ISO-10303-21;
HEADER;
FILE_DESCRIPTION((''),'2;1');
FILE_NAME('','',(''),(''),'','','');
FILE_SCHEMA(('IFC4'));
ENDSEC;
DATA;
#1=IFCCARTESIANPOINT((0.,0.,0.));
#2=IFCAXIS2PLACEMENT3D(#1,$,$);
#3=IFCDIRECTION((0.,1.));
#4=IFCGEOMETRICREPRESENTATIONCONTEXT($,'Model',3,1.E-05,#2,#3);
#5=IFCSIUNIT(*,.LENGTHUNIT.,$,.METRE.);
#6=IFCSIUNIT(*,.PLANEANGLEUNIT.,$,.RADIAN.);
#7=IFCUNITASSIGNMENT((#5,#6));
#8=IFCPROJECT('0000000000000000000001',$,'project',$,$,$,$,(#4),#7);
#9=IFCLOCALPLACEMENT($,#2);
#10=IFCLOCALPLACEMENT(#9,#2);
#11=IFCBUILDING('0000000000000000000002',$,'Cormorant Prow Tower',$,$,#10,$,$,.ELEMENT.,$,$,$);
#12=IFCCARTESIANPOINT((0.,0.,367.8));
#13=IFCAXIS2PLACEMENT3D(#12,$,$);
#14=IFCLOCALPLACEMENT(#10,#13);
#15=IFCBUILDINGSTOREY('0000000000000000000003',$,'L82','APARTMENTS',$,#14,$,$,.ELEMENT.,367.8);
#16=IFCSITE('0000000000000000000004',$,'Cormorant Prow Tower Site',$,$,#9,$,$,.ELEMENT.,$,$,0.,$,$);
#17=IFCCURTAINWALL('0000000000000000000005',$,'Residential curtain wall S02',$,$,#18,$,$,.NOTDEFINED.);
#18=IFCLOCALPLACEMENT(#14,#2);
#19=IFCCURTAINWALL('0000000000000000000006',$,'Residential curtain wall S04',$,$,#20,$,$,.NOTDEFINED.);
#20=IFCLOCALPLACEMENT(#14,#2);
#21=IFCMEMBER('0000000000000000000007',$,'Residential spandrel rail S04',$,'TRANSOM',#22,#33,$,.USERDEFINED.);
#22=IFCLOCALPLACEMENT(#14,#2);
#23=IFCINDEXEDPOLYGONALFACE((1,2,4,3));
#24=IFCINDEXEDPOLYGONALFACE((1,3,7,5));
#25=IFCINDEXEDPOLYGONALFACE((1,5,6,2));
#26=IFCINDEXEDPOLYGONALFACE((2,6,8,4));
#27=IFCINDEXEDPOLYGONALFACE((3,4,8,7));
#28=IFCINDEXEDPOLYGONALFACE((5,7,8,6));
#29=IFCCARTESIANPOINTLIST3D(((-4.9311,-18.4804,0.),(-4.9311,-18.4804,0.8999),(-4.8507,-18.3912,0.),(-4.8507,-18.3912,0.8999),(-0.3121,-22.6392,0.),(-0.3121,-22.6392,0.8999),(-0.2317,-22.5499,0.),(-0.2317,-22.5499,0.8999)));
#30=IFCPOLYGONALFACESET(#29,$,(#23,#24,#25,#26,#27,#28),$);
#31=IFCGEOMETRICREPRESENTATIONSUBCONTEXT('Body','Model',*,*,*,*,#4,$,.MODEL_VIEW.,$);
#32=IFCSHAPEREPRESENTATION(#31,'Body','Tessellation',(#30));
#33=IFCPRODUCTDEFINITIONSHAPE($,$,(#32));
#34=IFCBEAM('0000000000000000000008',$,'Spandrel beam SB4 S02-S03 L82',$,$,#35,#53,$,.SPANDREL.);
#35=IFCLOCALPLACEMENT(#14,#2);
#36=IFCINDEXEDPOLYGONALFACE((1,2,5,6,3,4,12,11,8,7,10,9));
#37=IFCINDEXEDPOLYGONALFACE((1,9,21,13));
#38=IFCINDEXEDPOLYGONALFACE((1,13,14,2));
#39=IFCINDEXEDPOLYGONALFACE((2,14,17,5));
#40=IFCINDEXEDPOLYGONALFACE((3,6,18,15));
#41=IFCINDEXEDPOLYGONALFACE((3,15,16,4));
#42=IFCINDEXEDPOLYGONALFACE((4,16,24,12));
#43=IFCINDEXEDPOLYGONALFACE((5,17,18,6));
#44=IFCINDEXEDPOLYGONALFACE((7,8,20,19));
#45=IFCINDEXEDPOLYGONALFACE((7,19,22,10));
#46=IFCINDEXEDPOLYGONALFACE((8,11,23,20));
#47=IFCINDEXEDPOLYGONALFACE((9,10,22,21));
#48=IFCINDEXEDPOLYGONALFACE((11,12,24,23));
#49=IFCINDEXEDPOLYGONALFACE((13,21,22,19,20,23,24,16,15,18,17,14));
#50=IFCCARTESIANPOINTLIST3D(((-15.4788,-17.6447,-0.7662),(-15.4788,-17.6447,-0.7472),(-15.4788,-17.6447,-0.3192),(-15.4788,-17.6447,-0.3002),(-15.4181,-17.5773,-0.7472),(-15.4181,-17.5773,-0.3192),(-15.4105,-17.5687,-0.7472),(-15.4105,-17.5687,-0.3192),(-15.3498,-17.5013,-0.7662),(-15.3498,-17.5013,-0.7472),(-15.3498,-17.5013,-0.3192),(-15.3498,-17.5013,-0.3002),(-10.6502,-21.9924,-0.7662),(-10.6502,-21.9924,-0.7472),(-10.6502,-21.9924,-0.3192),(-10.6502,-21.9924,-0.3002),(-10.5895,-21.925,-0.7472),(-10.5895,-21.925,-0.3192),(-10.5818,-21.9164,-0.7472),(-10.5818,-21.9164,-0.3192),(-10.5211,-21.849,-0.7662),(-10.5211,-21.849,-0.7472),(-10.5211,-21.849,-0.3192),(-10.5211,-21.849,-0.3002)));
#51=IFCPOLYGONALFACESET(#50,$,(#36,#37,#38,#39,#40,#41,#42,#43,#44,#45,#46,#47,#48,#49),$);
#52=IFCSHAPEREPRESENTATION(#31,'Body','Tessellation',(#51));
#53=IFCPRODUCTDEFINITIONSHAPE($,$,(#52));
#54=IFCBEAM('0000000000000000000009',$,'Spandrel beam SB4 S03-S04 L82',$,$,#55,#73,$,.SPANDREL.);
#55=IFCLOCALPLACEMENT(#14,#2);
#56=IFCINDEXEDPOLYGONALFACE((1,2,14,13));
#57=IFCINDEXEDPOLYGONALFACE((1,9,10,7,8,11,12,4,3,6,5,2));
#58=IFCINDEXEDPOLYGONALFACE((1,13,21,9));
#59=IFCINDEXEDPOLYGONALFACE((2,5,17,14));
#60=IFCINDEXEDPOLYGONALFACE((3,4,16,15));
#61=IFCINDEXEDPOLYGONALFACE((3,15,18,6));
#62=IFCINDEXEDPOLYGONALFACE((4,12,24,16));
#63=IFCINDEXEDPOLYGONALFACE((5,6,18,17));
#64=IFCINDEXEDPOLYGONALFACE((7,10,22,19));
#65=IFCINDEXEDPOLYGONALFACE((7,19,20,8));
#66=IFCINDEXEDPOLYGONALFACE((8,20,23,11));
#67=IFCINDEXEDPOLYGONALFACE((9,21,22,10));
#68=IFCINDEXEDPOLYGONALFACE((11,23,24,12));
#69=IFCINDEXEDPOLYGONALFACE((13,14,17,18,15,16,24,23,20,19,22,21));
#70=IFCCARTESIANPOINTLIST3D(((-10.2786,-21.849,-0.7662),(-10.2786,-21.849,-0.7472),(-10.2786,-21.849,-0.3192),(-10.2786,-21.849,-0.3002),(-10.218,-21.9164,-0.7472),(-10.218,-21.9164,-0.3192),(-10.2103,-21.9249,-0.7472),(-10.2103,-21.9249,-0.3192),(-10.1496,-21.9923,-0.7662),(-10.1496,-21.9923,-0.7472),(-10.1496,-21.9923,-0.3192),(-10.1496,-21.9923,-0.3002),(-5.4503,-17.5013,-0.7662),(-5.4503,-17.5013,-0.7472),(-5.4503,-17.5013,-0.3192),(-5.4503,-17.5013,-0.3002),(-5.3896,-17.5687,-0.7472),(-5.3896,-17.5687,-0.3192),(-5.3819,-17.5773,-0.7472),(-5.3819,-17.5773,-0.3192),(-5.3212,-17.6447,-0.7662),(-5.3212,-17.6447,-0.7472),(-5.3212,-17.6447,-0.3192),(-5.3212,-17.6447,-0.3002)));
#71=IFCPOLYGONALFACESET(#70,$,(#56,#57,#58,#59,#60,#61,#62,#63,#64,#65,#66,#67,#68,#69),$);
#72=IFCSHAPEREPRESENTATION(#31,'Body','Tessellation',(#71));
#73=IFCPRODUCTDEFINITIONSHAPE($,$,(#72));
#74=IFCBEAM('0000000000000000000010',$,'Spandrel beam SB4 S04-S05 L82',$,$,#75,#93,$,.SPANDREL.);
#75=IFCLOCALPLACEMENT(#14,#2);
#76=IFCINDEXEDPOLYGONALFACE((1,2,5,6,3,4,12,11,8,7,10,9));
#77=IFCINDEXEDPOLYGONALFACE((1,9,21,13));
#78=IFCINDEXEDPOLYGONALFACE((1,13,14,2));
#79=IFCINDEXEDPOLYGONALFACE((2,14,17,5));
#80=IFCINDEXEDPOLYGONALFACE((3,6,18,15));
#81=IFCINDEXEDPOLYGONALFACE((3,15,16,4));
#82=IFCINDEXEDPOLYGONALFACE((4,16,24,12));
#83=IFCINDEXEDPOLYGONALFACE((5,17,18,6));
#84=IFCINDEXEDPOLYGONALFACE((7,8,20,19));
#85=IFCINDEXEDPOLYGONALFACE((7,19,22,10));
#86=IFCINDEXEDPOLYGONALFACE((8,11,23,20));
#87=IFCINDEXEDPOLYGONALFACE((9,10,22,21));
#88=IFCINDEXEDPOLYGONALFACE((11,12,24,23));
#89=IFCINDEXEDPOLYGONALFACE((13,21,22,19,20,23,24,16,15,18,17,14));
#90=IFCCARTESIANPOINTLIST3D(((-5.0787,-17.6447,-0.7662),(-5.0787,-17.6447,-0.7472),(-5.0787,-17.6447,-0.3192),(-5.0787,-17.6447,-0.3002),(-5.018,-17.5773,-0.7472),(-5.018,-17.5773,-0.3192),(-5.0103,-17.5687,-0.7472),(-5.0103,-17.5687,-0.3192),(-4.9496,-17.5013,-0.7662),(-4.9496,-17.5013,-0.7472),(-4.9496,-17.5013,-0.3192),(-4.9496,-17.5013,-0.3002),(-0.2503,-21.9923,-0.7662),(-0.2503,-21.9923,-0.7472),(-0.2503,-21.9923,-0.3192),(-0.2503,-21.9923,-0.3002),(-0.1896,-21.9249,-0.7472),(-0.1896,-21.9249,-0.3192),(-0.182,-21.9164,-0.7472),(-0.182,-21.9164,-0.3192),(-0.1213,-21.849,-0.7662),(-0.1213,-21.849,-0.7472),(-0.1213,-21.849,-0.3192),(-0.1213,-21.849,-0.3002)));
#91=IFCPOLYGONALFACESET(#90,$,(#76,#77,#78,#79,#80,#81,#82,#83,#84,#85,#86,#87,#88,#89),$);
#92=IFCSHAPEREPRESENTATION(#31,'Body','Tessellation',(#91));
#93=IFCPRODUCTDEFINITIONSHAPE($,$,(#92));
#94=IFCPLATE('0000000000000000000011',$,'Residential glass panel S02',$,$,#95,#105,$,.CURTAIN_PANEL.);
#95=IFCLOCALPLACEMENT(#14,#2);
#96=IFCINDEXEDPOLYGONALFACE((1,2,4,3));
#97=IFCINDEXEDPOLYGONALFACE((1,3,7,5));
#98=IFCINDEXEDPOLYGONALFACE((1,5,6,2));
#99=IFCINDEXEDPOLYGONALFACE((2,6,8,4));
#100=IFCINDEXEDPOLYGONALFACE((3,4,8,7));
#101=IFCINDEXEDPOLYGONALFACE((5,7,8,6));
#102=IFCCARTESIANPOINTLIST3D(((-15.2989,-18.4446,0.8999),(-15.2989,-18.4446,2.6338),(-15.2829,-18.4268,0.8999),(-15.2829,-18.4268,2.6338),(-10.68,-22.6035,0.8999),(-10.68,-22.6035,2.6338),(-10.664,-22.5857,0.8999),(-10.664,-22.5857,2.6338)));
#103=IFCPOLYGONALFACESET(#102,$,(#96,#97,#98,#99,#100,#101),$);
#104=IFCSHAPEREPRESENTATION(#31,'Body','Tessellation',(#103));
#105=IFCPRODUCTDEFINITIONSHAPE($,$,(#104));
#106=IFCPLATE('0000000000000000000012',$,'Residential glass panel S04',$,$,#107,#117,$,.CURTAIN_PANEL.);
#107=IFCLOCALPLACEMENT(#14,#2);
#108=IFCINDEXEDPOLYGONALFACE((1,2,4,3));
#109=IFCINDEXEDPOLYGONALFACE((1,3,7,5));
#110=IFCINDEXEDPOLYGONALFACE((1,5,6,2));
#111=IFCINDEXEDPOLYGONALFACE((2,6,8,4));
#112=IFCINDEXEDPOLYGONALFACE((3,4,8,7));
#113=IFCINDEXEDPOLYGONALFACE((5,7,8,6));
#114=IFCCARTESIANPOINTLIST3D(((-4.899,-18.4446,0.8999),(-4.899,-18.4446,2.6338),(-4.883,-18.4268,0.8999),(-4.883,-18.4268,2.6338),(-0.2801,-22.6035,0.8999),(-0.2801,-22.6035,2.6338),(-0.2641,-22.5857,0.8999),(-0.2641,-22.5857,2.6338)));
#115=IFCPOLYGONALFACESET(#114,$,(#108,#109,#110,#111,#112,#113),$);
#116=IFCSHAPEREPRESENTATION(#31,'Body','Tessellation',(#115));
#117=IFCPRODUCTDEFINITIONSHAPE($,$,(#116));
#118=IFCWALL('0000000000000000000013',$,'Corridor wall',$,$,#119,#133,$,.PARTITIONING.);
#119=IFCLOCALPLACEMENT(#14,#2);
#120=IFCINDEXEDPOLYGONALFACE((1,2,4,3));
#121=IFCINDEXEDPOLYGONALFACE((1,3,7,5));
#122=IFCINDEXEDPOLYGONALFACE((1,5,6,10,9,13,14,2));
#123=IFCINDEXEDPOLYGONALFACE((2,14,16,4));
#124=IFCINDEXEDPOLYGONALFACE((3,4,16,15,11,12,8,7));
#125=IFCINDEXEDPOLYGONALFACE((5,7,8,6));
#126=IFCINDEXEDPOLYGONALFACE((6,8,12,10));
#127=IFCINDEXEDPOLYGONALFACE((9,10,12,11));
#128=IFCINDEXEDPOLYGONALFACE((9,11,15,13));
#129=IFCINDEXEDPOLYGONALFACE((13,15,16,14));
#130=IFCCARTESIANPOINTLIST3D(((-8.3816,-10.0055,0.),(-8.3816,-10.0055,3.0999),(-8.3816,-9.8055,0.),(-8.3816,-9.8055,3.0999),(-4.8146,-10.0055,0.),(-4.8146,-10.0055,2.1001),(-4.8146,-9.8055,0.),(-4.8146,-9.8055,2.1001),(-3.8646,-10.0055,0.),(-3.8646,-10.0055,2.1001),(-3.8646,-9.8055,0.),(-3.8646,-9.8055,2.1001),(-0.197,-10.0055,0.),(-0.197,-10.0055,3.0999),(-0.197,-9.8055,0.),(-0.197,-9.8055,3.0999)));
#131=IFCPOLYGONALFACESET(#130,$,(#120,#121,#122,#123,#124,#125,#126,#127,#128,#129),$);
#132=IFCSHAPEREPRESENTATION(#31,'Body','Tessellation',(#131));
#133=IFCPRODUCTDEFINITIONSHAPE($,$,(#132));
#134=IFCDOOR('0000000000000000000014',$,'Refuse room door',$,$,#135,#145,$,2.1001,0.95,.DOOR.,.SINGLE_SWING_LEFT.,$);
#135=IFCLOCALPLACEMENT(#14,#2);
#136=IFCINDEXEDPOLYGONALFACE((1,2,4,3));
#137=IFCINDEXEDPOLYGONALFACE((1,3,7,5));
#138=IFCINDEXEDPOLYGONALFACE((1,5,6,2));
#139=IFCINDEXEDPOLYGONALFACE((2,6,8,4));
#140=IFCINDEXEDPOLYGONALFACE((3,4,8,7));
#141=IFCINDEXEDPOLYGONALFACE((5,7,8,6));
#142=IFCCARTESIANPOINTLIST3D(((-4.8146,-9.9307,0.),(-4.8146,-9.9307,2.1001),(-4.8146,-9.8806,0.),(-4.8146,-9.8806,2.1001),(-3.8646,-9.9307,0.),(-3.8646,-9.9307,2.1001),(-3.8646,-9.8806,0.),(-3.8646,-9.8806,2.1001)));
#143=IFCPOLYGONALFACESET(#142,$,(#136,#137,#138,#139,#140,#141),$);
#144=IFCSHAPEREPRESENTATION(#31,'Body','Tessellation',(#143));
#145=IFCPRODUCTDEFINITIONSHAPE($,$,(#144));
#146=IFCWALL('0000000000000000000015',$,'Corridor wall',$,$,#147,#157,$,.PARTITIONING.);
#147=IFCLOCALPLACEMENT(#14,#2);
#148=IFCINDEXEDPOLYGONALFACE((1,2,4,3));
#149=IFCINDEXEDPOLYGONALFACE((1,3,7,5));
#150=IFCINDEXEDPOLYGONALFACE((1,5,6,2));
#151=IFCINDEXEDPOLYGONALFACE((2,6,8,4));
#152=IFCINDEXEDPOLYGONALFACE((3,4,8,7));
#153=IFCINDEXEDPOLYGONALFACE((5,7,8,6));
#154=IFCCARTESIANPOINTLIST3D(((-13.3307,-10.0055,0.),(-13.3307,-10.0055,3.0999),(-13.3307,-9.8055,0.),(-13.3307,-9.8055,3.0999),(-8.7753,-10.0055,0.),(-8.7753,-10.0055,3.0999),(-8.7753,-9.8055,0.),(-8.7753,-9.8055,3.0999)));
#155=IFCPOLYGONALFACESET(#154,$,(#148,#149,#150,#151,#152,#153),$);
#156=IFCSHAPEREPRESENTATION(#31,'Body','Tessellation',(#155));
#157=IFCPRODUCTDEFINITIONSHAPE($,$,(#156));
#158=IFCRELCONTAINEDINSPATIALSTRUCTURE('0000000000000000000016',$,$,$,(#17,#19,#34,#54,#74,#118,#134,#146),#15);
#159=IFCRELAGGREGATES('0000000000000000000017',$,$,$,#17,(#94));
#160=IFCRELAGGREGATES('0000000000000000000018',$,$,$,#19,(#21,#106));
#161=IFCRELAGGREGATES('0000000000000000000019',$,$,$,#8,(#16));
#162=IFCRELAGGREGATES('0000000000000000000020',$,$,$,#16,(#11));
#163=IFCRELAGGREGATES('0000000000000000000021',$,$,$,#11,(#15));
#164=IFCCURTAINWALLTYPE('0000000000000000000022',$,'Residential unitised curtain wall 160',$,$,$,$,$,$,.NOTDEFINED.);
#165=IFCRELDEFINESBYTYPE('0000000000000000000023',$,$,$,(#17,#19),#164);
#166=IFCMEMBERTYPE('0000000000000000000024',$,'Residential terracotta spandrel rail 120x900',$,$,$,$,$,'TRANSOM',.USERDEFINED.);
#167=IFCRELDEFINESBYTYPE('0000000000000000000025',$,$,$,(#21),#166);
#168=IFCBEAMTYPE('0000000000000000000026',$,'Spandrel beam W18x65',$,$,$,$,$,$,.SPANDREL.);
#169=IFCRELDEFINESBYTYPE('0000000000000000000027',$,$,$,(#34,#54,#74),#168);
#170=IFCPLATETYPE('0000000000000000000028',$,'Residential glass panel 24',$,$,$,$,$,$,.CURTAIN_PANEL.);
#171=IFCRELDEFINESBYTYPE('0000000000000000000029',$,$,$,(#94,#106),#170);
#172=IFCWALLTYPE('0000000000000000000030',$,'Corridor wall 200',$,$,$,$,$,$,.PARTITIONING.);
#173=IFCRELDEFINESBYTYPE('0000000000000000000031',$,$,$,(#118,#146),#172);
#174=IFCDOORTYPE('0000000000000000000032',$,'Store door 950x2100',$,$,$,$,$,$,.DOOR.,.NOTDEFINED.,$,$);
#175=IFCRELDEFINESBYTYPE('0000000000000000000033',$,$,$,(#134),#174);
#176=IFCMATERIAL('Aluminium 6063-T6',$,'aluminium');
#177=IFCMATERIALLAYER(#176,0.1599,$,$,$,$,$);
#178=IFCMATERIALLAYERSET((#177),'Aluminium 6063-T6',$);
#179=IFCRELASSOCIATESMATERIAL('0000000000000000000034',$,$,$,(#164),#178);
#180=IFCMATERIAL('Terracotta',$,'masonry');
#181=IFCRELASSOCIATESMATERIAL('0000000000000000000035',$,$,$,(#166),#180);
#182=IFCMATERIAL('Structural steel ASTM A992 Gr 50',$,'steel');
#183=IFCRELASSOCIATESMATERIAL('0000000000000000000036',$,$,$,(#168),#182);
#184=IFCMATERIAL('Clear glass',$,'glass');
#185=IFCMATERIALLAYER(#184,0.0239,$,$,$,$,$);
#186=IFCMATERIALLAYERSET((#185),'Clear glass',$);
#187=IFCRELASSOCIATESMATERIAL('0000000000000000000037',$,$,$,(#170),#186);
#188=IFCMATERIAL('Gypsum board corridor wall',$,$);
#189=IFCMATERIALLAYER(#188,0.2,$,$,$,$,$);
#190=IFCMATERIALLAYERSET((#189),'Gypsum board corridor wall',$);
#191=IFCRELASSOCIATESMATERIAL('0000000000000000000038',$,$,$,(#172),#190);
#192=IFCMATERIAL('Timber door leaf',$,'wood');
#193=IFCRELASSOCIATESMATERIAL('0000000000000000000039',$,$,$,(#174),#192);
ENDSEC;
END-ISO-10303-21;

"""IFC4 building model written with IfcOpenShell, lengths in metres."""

from ifc_helpers import new_model, si_unit, direction, frame, frame_2d, origin, origin_2d, place, context, subcontext, project, spatial, rectangle, i_section, extrude, material, layer, layer_set, material_profile, profile_set, type_object, element, fill, aggregate, save


model = new_model("IFC4")

# Units and contexts
model_context = context("Model", 3, precision=1e-05, world=origin(), true_north=direction((0.0, 1.0)))
body_context = subcontext(model_context, "Body", "Model", "MODEL_VIEW")
ifc_project = project(units=[si_unit("LENGTHUNIT", "METRE"), si_unit("PLANEANGLEUNIT", "RADIAN")], contexts=[model_context])

# Site, building, storey
site_placement = place(None, origin())
site = spatial("IfcSite", under=ifc_project, at=site_placement, Name="Cormorant Prow Tower Site", CompositionType="ELEMENT", RefElevation=0.0)
building_placement = place(site_placement, origin())
building = spatial("IfcBuilding", under=site, at=building_placement, Name="Cormorant Prow Tower", CompositionType="ELEMENT")
storey_placement = place(building_placement, frame((0.0, 0.0, 367.8)))
storey = spatial("IfcBuildingStorey", under=building, at=storey_placement, Name="L82", Description="APARTMENTS", CompositionType="ELEMENT", Elevation=367.8)

# Curtain walls
ifc_material_1 = material(Name="Aluminium 6063-T6", Category="aluminium")
ifc_layer_1 = layer(ifc_material_1, 0.1599)
ifc_layer_set_1 = layer_set([ifc_layer_1], Name="Aluminium 6063-T6")
curtain_wall_type = type_object("IfcCurtainWallType", Name="Residential unitised curtain wall 160", PredefinedType="NOTDEFINED", material=ifc_layer_set_1)
curtain_wall_1_placement = place(storey_placement, origin())
curtain_wall_1 = element("IfcCurtainWall", 1, at=curtain_wall_1_placement, inside=storey, type_object=curtain_wall_type, Name="Residential curtain wall S02", PredefinedType="NOTDEFINED")
curtain_wall_2_placement = place(storey_placement, origin())
curtain_wall_2 = element("IfcCurtainWall", 2, at=curtain_wall_2_placement, inside=storey, type_object=curtain_wall_type, Name="Residential curtain wall S04", PredefinedType="NOTDEFINED")

# Member
ifc_material_2 = material(Name="Terracotta", Category="masonry")
ifc_material_profile_1 = material_profile(ifc_material_2, rectangle(XDim=0.1201, YDim=0.8999, at=origin_2d()), Name="Residential terracotta spandrel rail 120x900")
ifc_profile_set_1 = profile_set([ifc_material_profile_1], Name="Terracotta")
member_type_1 = type_object("IfcMemberType", Name="Residential terracotta spandrel rail 120x900", ElementType="TRANSOM", PredefinedType="USERDEFINED", material=ifc_profile_set_1)
member_1_placement = place(storey_placement, frame((-4.8909, -18.4358, 0.45), z_axis=(0.743159, -0.669114, 0.0), x_axis=(0.669114, 0.743159, 0.0)))
member_1 = element("IfcMember", 3, at=member_1_placement, type_object=member_type_1, Name="Residential spandrel rail S04", ObjectType="TRANSOM", PredefinedType="USERDEFINED", context=body_context, shape_type="SweptSolid", body=[
    extrude(rectangle(XDim=0.1201, YDim=0.8999, at=origin_2d()), origin(), (0.0, 0.0, 1.0), 6.2153),
])

# Beams
ifc_material_3 = material(Name="Structural steel ASTM A992 Gr 50", Category="steel")
ifc_material_profile_2 = material_profile(ifc_material_3, i_section(OverallWidth=0.1929, OverallDepth=0.4661, WebThickness=0.0115, FlangeThickness=0.019, at=origin_2d()), Name="W18x65")
ifc_profile_set_2 = profile_set([ifc_material_profile_2], Name="Structural steel ASTM A992 Gr 50")
beam_type_1 = type_object("IfcBeamType", Name="Spandrel beam W18x65", PredefinedType="SPANDREL", material=ifc_profile_set_2)
beam_1_placement = place(storey_placement, frame((-15.4143, -17.573, -0.5332), z_axis=(0.743148, -0.669127, 0.0), x_axis=(0.669127, 0.743148, 0.0)))
element("IfcBeam", 4, at=beam_1_placement, inside=storey, type_object=beam_type_1, Name="Spandrel beam SB4 S02-S03 L82", PredefinedType="SPANDREL", context=body_context, shape_type="SweptSolid", body=[
    extrude(i_section(OverallWidth=0.1929, OverallDepth=0.4661, WebThickness=0.0115, FlangeThickness=0.019, at=origin_2d()), origin(), (0.0, 0.0, 1.0), 6.4976),
])
for number, where, z_axis, x_axis, name in (
    (5, (-10.2141, -21.9207, -0.5332), (0.743132, 0.669145, 0.0), (-0.669145, 0.743132, 0.0), "Spandrel beam SB4 S03-S04 L82"),
    (6, (-5.0142, -17.573, -0.5332), (0.743132, -0.669145, 0.0), (0.669145, 0.743132, 0.0), "Spandrel beam SB4 S04-S05 L82"),
):
    element("IfcBeam", number, at=place(storey_placement, frame(where, z_axis=z_axis, x_axis=x_axis)), inside=storey, type_object=beam_type_1, Name=name, PredefinedType="SPANDREL", context=body_context, shape_type="SweptSolid", body=[
        extrude(i_section(OverallWidth=0.1929, OverallDepth=0.4661, WebThickness=0.0115, FlangeThickness=0.019, at=origin_2d()), origin(), (0.0, 0.0, 1.0), 6.4973),
    ])

# Plates
ifc_material_4 = material(Name="Clear glass", Category="glass")
ifc_layer_2 = layer(ifc_material_4, 0.0239)
ifc_layer_set_2 = layer_set([ifc_layer_2], Name="Clear glass")
plate_type = type_object("IfcPlateType", Name="Residential glass panel 24", PredefinedType="CURTAIN_PANEL", material=ifc_layer_set_2)
plate_1_placement = place(storey_placement, frame((-12.9814, -20.5151, 0.8999), z_axis=(0.0, 0.0, 1.0), x_axis=(0.743145, -0.669131, 0.0)))
plate_1 = element("IfcPlate", 7, at=plate_1_placement, type_object=plate_type, Name="Residential glass panel S02", PredefinedType="CURTAIN_PANEL", context=body_context, shape_type="SweptSolid", body=[
    extrude(rectangle(XDim=6.2153, YDim=0.0239, at=origin_2d()), origin(), (0.0, 0.0, 1.0), 1.7339),
])
aggregate(curtain_wall_1, [plate_1])
plate_2_placement = place(storey_placement, frame((-2.5815, -20.5151, 0.8999), z_axis=(0.0, 0.0, 1.0), x_axis=(0.743145, -0.669131, 0.0)))
plate_2 = element("IfcPlate", 8, at=plate_2_placement, type_object=plate_type, Name="Residential glass panel S04", PredefinedType="CURTAIN_PANEL", context=body_context, shape_type="SweptSolid", body=[
    extrude(rectangle(XDim=6.2153, YDim=0.0239, at=origin_2d()), origin(), (0.0, 0.0, 1.0), 1.7339),
])
aggregate(curtain_wall_2, [member_1, plate_2])

# Wall, opening, door
ifc_material_5 = material(Name="Gypsum board corridor wall")
ifc_layer_3 = layer(ifc_material_5, 0.2)
ifc_layer_set_3 = layer_set([ifc_layer_3], Name="Gypsum board corridor wall")
wall_type_1 = type_object("IfcWallType", Name="Corridor wall 200", PredefinedType="PARTITIONING", material=ifc_layer_set_3)
wall_1_placement = place(storey_placement, frame((-8.3816, -9.9055, 0.0), z_axis=(0.0, 0.0, 1.0), x_axis=(1.0, 0.0, 0.0)))
wall_1 = element("IfcWall", 9, at=wall_1_placement, inside=storey, type_object=wall_type_1, Name="Corridor wall", PredefinedType="PARTITIONING", context=body_context, shape_type="SweptSolid", body=[
    extrude(rectangle(XDim=8.1846, YDim=0.2, at=frame_2d((4.0923, 0.0))), origin(), (0.0, 0.0, 1.0), 3.0999),
])
opening_1_placement = place(wall_1_placement, frame((3.5669, 0.0, 0.0)))
opening_1 = element("IfcOpeningElement", 10, at=opening_1_placement, cuts=wall_1, PredefinedType="OPENING", context=body_context, shape_type="SweptSolid", body=[
    extrude(rectangle(XDim=0.95, YDim=2.1001, at=frame_2d((0.4751, 1.05))), frame((0.0, 0.1099, 0.0), z_axis=(0.0, -1.0, 0.0), x_axis=(1.0, 0.0, 0.0)), (0.0, 0.0, 1.0), 0.22),
])
ifc_material_6 = material(Name="Timber door leaf", Category="wood")
door_type_1 = type_object("IfcDoorType", Name="Store door 950x2100", OperationType="NOTDEFINED", PredefinedType="DOOR", material=ifc_material_6)
door_1_placement = place(opening_1_placement, origin())
door_1 = element("IfcDoor", 11, at=door_1_placement, inside=storey, type_object=door_type_1, Name="Refuse room door", OperationType="SINGLE_SWING_LEFT", OverallHeight=2.1001, OverallWidth=0.95, PredefinedType="DOOR", context=body_context, shape_type="SweptSolid", body=[
    extrude(rectangle(XDim=0.95, YDim=2.1001, at=frame_2d((0.4751, 1.05))), frame((0.0, 0.0249, 0.0), z_axis=(0.0, -1.0, 0.0), x_axis=(1.0, 0.0, 0.0)), (0.0, 0.0, 1.0), 0.05),
])
fill(opening_1, door_1)

# Wall
wall_2_placement = place(storey_placement, frame((-13.3308, -9.9055, 0.0), z_axis=(0.0, 0.0, 1.0), x_axis=(1.0, 0.0, 0.0)))
element("IfcWall", 12, at=wall_2_placement, inside=storey, type_object=wall_type_1, Name="Corridor wall", PredefinedType="PARTITIONING", context=body_context, shape_type="SweptSolid", body=[
    extrude(rectangle(XDim=4.5554, YDim=0.2, at=frame_2d((2.2778, 0.0))), origin(), (0.0, 0.0, 1.0), 3.0999),
])

save(model, "model.ifc")
